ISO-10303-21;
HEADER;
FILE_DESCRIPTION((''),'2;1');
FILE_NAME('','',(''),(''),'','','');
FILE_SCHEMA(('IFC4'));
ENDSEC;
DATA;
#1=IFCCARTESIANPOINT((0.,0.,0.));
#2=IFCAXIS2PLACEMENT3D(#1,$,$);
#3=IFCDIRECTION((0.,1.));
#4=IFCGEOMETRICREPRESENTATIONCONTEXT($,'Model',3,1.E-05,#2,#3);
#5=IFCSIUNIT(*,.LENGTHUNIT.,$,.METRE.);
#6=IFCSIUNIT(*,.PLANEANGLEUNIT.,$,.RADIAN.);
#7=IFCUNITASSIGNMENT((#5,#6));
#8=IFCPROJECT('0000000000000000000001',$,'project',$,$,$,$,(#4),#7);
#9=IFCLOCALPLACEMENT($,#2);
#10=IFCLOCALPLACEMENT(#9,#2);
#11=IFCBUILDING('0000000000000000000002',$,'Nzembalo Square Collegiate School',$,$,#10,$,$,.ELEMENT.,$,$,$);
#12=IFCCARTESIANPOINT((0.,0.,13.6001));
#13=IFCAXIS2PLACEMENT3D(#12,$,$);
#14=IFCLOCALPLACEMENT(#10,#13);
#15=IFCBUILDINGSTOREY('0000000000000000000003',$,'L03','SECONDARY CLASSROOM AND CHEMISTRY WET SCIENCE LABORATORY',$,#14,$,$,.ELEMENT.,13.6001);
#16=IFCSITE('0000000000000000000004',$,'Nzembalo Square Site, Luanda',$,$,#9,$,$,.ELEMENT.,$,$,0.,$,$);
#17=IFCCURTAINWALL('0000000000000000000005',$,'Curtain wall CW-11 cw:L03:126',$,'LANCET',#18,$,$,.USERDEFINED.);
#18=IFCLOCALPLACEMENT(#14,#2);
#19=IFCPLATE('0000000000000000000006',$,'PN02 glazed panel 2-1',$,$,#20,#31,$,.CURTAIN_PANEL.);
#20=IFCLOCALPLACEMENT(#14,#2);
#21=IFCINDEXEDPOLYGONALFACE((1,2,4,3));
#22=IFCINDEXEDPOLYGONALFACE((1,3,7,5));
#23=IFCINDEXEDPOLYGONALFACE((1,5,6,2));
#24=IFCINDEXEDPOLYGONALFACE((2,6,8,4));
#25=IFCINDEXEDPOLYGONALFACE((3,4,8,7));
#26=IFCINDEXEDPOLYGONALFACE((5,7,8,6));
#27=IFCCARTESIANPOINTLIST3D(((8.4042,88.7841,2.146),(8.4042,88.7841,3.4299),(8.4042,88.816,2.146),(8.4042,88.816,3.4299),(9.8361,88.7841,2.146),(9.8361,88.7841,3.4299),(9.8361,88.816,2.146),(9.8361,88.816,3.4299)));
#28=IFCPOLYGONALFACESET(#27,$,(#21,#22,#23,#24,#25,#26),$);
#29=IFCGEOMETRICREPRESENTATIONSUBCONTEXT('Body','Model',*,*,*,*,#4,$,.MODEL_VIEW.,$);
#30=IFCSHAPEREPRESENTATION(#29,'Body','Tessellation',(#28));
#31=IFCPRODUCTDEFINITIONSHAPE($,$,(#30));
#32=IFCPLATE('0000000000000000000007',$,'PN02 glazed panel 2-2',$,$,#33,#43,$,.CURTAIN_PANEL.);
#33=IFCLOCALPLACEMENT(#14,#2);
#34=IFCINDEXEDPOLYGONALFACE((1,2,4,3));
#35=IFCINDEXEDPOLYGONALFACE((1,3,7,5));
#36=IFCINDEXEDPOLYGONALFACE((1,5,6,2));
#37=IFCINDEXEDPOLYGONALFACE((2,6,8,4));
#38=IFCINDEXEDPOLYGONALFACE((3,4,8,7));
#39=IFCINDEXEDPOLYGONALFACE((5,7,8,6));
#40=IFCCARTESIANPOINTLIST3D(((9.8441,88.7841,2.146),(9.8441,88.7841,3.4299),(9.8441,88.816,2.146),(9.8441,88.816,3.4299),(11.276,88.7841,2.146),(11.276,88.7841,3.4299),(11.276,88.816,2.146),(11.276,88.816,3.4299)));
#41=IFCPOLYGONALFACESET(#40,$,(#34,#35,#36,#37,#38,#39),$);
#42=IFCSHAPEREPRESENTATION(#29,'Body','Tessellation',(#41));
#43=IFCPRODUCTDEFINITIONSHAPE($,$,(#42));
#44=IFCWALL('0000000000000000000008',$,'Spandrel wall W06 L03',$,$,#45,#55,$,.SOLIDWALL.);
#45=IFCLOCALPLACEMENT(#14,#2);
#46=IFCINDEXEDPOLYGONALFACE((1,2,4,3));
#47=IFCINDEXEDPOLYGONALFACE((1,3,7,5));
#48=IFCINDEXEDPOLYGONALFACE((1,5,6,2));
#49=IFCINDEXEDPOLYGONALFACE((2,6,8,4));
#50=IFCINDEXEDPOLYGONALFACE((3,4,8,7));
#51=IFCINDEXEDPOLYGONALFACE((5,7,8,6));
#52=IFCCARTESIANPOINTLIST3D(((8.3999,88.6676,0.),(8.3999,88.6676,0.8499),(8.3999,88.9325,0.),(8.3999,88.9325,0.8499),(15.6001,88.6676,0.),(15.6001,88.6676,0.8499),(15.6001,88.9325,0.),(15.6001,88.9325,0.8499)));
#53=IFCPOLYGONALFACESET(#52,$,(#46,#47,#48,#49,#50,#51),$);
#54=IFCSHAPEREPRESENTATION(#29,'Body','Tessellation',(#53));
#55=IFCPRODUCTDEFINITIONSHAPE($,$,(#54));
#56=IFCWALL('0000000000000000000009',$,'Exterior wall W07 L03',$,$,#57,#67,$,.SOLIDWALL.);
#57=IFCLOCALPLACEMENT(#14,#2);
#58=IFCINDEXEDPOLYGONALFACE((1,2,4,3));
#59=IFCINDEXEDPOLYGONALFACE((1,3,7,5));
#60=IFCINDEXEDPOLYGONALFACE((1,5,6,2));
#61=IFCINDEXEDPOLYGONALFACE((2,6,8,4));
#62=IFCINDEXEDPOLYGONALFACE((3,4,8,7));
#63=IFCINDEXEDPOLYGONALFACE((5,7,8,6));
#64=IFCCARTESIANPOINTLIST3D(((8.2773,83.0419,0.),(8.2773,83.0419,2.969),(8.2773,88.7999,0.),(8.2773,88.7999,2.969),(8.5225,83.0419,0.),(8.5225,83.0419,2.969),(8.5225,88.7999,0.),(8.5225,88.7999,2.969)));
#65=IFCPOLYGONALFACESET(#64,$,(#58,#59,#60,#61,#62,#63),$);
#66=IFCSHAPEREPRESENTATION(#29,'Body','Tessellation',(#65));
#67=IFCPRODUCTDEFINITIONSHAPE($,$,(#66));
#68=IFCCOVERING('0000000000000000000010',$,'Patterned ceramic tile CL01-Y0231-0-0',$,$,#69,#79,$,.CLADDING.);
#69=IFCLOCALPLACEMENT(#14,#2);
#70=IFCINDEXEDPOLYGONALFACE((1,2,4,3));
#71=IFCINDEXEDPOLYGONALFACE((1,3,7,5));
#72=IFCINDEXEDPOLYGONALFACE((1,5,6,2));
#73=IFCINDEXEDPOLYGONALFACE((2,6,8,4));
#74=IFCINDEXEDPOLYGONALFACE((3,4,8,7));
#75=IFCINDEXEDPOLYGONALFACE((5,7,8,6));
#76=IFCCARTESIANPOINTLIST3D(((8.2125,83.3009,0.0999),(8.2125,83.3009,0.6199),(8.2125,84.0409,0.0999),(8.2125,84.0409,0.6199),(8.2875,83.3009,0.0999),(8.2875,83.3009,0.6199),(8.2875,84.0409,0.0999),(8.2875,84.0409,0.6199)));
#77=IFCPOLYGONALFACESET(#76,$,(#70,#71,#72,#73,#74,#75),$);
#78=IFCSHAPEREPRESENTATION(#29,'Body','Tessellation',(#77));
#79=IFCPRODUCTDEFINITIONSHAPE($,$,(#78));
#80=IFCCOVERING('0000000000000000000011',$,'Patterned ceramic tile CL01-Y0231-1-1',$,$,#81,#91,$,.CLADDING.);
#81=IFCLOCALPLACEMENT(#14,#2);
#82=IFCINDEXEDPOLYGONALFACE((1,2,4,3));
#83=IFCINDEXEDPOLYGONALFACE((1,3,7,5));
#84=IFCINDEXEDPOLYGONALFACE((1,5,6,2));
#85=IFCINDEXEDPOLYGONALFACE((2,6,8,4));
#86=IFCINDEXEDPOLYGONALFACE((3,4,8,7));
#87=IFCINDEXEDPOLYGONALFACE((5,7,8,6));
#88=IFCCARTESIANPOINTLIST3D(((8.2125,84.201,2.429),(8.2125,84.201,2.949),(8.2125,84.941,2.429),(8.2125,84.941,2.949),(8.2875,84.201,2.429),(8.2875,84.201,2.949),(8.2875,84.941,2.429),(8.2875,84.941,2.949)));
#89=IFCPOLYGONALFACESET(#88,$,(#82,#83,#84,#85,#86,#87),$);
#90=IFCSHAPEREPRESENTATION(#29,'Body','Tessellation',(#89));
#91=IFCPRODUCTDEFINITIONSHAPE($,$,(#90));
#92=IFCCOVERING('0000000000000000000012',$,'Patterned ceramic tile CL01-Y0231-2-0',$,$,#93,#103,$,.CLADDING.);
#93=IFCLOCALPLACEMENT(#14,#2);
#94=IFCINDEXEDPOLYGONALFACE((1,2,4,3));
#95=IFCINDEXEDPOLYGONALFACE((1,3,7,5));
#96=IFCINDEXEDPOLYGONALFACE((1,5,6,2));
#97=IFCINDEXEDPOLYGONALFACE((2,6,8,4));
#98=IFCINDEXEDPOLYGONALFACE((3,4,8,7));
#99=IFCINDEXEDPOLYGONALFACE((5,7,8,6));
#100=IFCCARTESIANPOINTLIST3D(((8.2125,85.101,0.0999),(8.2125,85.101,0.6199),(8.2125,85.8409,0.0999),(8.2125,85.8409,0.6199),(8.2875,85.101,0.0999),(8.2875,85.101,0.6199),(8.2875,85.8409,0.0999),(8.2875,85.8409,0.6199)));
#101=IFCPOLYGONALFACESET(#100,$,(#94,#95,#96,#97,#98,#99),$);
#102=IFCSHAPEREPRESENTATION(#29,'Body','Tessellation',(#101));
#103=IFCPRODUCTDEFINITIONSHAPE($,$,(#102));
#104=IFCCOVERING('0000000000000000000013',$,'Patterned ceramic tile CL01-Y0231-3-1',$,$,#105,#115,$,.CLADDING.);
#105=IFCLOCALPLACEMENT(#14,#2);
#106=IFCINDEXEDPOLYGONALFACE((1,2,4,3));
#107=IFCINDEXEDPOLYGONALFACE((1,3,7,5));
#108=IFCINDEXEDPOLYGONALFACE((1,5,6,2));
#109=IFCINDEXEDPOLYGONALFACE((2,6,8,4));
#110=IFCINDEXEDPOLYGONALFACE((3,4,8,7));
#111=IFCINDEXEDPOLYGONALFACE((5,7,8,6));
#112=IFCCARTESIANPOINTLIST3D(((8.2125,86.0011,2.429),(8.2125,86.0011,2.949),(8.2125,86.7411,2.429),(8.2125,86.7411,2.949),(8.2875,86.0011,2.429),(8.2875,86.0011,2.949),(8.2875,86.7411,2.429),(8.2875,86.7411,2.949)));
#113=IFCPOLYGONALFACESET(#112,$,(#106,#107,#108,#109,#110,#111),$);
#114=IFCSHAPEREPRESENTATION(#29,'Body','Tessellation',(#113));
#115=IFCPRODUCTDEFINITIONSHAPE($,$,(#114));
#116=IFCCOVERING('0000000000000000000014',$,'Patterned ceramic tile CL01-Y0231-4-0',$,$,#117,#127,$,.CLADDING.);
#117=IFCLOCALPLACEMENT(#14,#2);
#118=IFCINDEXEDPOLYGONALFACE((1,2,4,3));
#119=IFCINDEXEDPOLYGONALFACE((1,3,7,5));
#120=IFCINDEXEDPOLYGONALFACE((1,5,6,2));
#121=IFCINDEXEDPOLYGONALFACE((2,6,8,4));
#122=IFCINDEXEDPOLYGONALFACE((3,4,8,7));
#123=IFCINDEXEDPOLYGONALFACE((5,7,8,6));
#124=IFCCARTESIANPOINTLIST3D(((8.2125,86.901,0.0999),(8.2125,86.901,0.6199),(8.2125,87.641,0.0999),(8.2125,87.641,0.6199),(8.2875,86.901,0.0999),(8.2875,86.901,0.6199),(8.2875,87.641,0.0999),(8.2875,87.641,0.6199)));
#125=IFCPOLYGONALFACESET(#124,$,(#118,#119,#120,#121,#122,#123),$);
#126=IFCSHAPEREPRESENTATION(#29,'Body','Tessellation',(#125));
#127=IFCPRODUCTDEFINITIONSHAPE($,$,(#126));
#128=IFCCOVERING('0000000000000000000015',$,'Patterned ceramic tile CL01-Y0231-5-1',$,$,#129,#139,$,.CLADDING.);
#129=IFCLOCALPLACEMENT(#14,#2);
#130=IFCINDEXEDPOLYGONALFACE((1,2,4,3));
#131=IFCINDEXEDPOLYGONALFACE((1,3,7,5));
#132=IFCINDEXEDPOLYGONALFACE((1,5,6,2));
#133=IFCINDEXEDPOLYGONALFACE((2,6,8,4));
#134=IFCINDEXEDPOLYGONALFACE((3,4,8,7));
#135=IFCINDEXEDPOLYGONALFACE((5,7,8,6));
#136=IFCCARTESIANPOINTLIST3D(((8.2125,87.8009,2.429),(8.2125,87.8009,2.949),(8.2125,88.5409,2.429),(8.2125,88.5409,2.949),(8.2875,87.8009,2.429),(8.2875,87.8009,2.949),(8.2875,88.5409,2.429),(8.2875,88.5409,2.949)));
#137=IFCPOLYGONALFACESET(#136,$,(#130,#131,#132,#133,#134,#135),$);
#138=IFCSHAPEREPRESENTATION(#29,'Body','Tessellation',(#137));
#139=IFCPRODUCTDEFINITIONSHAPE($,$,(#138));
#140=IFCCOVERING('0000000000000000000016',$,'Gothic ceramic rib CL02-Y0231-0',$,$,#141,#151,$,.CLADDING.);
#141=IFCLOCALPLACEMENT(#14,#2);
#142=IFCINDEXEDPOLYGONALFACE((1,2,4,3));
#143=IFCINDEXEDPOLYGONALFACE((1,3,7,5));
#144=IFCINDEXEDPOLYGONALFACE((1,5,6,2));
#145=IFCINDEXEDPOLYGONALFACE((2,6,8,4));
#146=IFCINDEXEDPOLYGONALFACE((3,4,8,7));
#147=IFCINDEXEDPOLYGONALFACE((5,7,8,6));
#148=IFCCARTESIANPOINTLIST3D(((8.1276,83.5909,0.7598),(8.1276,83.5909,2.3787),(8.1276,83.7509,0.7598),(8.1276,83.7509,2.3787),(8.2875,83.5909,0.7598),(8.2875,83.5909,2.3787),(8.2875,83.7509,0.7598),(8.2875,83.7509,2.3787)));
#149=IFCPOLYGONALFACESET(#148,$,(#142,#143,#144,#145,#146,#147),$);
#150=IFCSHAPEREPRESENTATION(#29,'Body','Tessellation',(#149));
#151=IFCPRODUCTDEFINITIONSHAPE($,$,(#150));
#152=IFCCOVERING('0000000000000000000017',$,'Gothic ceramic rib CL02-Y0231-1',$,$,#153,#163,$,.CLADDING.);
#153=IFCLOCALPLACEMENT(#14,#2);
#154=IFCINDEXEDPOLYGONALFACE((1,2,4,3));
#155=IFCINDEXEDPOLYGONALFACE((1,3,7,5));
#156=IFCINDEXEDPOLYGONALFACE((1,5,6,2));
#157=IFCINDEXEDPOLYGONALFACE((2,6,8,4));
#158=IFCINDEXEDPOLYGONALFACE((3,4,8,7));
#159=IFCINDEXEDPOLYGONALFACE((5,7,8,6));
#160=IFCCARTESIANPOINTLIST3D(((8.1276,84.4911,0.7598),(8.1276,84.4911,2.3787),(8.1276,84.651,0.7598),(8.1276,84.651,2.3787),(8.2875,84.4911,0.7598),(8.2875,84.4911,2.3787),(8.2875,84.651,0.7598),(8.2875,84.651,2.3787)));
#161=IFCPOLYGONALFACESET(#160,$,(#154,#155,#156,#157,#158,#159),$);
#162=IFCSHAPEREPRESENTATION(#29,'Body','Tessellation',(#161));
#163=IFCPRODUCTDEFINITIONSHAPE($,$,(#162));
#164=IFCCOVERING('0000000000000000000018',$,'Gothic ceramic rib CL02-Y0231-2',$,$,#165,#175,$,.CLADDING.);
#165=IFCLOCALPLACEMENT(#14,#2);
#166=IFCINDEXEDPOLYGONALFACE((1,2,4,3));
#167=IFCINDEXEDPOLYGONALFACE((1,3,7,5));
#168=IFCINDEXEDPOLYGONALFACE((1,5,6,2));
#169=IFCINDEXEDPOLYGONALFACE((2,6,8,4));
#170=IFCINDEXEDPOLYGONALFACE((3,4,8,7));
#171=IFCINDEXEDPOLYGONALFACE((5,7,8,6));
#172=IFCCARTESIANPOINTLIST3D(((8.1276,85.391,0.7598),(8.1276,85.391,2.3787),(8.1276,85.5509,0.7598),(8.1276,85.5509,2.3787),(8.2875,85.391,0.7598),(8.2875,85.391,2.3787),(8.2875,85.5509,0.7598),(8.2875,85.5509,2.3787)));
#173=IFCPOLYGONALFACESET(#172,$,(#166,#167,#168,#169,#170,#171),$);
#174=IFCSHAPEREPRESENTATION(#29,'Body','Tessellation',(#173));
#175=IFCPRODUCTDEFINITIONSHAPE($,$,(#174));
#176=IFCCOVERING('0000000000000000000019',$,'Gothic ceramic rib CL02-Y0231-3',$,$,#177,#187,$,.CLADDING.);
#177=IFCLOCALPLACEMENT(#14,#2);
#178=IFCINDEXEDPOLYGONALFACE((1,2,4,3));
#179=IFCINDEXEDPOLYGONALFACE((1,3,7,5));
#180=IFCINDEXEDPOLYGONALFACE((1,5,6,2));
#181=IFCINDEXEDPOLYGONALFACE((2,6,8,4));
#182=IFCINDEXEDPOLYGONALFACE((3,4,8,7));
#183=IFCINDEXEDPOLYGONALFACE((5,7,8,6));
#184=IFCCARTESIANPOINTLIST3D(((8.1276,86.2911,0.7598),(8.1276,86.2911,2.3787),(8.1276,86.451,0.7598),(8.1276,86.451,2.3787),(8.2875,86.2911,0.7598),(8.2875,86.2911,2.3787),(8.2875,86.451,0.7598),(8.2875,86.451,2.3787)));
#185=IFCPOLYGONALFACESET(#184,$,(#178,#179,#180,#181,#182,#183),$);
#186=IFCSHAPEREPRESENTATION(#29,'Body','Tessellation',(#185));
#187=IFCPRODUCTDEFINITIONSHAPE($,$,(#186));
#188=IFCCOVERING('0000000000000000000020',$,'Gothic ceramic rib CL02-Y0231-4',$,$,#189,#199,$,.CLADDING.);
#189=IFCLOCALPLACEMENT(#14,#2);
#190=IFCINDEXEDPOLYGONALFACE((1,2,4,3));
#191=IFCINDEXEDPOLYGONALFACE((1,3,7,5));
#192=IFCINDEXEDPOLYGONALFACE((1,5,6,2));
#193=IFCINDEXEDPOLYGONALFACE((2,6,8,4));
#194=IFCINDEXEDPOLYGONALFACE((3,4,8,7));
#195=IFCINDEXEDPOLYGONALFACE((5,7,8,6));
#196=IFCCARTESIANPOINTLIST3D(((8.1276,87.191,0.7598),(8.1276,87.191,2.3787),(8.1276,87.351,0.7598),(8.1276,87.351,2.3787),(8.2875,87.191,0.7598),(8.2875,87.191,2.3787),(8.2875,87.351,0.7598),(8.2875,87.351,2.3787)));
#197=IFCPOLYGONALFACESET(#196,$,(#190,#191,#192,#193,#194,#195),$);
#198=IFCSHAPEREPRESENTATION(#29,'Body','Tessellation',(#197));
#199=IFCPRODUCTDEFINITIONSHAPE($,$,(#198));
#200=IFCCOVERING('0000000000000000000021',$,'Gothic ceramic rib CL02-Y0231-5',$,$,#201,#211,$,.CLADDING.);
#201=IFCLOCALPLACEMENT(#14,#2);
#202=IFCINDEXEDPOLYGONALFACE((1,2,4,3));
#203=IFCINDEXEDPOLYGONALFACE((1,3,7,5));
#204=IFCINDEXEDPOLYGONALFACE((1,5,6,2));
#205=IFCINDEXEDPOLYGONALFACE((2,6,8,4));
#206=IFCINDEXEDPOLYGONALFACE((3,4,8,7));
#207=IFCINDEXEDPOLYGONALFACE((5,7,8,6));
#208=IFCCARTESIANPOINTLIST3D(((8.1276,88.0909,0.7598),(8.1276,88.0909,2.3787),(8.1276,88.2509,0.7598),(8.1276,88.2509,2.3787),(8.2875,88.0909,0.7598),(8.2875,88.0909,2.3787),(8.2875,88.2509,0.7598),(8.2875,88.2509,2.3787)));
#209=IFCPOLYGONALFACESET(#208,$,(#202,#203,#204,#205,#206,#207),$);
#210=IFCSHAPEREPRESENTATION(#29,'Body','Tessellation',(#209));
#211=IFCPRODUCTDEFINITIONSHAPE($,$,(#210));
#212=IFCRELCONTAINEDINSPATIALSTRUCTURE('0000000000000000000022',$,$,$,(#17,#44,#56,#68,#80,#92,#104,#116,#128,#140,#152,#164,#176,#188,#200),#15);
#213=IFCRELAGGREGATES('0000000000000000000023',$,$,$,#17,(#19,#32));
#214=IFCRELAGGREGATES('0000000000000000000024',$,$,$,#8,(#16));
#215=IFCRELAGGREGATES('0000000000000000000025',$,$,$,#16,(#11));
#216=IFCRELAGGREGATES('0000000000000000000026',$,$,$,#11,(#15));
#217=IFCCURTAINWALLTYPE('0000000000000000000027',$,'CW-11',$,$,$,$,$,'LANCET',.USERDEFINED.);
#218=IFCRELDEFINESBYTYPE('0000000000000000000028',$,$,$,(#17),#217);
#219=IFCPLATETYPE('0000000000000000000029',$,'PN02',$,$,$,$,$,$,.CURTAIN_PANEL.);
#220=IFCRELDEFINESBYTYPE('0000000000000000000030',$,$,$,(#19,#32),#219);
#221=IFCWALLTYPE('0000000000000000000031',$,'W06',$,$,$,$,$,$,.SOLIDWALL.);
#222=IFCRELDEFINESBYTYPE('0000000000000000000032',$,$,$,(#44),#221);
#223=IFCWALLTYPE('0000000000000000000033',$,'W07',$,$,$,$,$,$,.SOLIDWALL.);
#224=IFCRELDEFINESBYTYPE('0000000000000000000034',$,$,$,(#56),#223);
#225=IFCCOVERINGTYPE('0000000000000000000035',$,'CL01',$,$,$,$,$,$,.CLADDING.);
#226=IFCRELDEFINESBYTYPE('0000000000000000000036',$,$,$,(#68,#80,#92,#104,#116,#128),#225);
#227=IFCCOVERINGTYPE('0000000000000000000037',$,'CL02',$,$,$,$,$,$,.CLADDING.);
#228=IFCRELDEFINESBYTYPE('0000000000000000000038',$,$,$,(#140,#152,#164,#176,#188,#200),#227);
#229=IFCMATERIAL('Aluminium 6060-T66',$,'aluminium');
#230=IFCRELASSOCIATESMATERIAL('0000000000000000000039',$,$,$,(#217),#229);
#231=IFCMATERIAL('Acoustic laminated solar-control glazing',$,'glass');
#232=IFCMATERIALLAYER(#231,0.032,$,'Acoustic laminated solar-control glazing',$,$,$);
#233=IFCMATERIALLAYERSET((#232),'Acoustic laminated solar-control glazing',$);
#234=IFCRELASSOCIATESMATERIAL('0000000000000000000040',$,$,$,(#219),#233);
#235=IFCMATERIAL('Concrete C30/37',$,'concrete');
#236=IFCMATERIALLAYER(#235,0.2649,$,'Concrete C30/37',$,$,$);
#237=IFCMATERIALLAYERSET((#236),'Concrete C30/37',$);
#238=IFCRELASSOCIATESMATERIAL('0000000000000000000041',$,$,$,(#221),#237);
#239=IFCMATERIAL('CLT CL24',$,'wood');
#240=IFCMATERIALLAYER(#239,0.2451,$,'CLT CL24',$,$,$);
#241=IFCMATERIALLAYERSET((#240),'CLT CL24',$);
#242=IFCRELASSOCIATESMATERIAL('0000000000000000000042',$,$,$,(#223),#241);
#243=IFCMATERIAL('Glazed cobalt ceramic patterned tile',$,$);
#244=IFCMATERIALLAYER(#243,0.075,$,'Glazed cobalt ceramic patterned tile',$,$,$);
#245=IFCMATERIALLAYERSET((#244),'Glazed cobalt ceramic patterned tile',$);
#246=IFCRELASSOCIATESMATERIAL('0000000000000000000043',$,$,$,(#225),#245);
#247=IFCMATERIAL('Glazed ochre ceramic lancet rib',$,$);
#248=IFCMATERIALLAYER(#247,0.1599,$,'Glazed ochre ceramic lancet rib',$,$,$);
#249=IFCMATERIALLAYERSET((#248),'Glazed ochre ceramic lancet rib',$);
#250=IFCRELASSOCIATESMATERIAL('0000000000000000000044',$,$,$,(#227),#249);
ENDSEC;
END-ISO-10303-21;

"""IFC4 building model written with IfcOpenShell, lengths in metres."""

from ifc_helpers import new_model, si_unit, direction, frame, frame_2d, origin, origin_2d, place, context, subcontext, project, spatial, rectangle, extrude, material, layer, layer_set, type_object, element, aggregate, save


model = new_model("IFC4")

# Units and contexts
model_context = context("Model", 3, precision=1e-05, world=origin(), true_north=direction((0.0, 1.0)))
body_context = subcontext(model_context, "Body", "Model", "MODEL_VIEW")
ifc_project = project(units=[si_unit("LENGTHUNIT", "METRE"), si_unit("PLANEANGLEUNIT", "RADIAN")], contexts=[model_context])

# Site, building, storey
site_placement = place(None, origin())
site = spatial("IfcSite", under=ifc_project, at=site_placement, Name="Nzembalo Square Site, Luanda", CompositionType="ELEMENT", RefElevation=0.0)
building_placement = place(site_placement, origin())
building = spatial("IfcBuilding", under=site, at=building_placement, Name="Nzembalo Square Collegiate School", CompositionType="ELEMENT")
storey_placement = place(building_placement, frame((0.0, 0.0, 13.6001)))
storey = spatial("IfcBuildingStorey", under=building, at=storey_placement, Name="L03", Description="SECONDARY CLASSROOM AND CHEMISTRY WET SCIENCE LABORATORY", CompositionType="ELEMENT", Elevation=13.6001)

# Curtain wall, plates
ifc_material_1 = material(Name="Aluminium 6060-T66", Category="aluminium")
curtain_wall_type = type_object("IfcCurtainWallType", Name="CW-11", ElementType="LANCET", PredefinedType="USERDEFINED", material=ifc_material_1)
curtain_wall_placement = place(storey_placement, origin())
curtain_wall = element("IfcCurtainWall", 1, at=curtain_wall_placement, inside=storey, type_object=curtain_wall_type, Name="Curtain wall CW-11 cw:L03:126", ObjectType="LANCET", PredefinedType="USERDEFINED")
ifc_material_2 = material(Name="Acoustic laminated solar-control glazing", Category="glass")
ifc_layer_1 = layer(ifc_material_2, 0.032, Name="Acoustic laminated solar-control glazing")
ifc_layer_set_1 = layer_set([ifc_layer_1], Name="Acoustic laminated solar-control glazing")
plate_type = type_object("IfcPlateType", Name="PN02", PredefinedType="CURTAIN_PANEL", material=ifc_layer_set_1)
plate_1_placement = place(storey_placement, frame((9.1201, 88.8, 2.146), z_axis=(0.0, 0.0, 1.0), x_axis=(1.0, 0.0, 0.0)))
plate_1 = element("IfcPlate", 2, at=plate_1_placement, type_object=plate_type, Name="PN02 glazed panel 2-1", PredefinedType="CURTAIN_PANEL", context=body_context, shape_type="SweptSolid", body=[
    extrude(rectangle(XDim=1.4319, YDim=0.032, at=origin_2d()), origin(), (0.0, 0.0, 1.0), 1.2839),
])
plate_2_placement = place(storey_placement, frame((10.5601, 88.8, 2.146), z_axis=(0.0, 0.0, 1.0), x_axis=(1.0, 0.0, 0.0)))
plate_2 = element("IfcPlate", 3, at=plate_2_placement, type_object=plate_type, Name="PN02 glazed panel 2-2", PredefinedType="CURTAIN_PANEL", context=body_context, shape_type="SweptSolid", body=[
    extrude(rectangle(XDim=1.4319, YDim=0.032, at=origin_2d()), origin(), (0.0, 0.0, 1.0), 1.2839),
])
aggregate(curtain_wall, [plate_1, plate_2])

# Walls
ifc_material_3 = material(Name="Concrete C30/37", Category="concrete")
ifc_layer_2 = layer(ifc_material_3, 0.2649, Name="Concrete C30/37")
ifc_layer_set_2 = layer_set([ifc_layer_2], Name="Concrete C30/37")
wall_type_1 = type_object("IfcWallType", Name="W06", PredefinedType="SOLIDWALL", material=ifc_layer_set_2)
wall_1_placement = place(storey_placement, frame((8.3999, 88.8, 0.0), z_axis=(0.0, 0.0, 1.0), x_axis=(1.0, 0.0, 0.0)))
element("IfcWall", 4, at=wall_1_placement, inside=storey, type_object=wall_type_1, Name="Spandrel wall W06 L03", PredefinedType="SOLIDWALL", context=body_context, shape_type="SweptSolid", body=[
    extrude(rectangle(XDim=7.2002, YDim=0.2649, at=frame_2d((3.6001, 0.0))), origin(), (0.0, 0.0, 1.0), 0.8499),
])
ifc_material_4 = material(Name="CLT CL24", Category="wood")
ifc_layer_3 = layer(ifc_material_4, 0.2451, Name="CLT CL24")
ifc_layer_set_3 = layer_set([ifc_layer_3], Name="CLT CL24")
wall_type_2 = type_object("IfcWallType", Name="W07", PredefinedType="SOLIDWALL", material=ifc_layer_set_3)
wall_2_placement = place(storey_placement, frame((8.3999, 83.042, 0.0), z_axis=(0.0, 0.0, 1.0), x_axis=(0.0, 1.0, 0.0)))
element("IfcWall", 5, at=wall_2_placement, inside=storey, type_object=wall_type_2, Name="Exterior wall W07 L03", PredefinedType="SOLIDWALL", context=body_context, shape_type="SweptSolid", body=[
    extrude(rectangle(XDim=5.7581, YDim=0.2451, at=frame_2d((2.8789, 0.0))), origin(), (0.0, 0.0, 1.0), 2.969),
])

# Coverings
ifc_material_5 = material(Name="Glazed cobalt ceramic patterned tile")
ifc_layer_4 = layer(ifc_material_5, 0.075, Name="Glazed cobalt ceramic patterned tile")
ifc_layer_set_4 = layer_set([ifc_layer_4], Name="Glazed cobalt ceramic patterned tile")
covering_type_1 = type_object("IfcCoveringType", Name="CL01", PredefinedType="CLADDING", material=ifc_layer_set_4)
for number, where, z_axis, x_axis, name in (
    (6, (8.25, 83.6709, 0.0999), (0.0, 0.0, 1.0), (1.0, 0.0, 0.0), "Patterned ceramic tile CL01-Y0231-0-0"),
    (7, (8.25, 84.571, 2.429), (0.0, 0.0, 1.0), (1.0, 0.0, 0.0), "Patterned ceramic tile CL01-Y0231-1-1"),
    (8, (8.25, 85.4709, 0.0999), (0.0, 0.0, 1.0), (1.0, 0.0, 0.0), "Patterned ceramic tile CL01-Y0231-2-0"),
    (9, (8.25, 86.3711, 2.429), (0.0, 0.0, 1.0), (1.0, 0.0, 0.0), "Patterned ceramic tile CL01-Y0231-3-1"),
    (10, (8.25, 87.271, 0.0999), (0.0, 0.0, 1.0), (1.0, 0.0, 0.0), "Patterned ceramic tile CL01-Y0231-4-0"),
    (11, (8.25, 88.1709, 2.429), (0.0, 0.0, 1.0), (1.0, 0.0, 0.0), "Patterned ceramic tile CL01-Y0231-5-1"),
):
    element("IfcCovering", number, at=place(storey_placement, frame(where, z_axis=z_axis, x_axis=x_axis)), inside=storey, type_object=covering_type_1, Name=name, PredefinedType="CLADDING", context=body_context, shape_type="SweptSolid", body=[
        extrude(rectangle(XDim=0.075, YDim=0.74, at=origin_2d()), origin(), (0.0, 0.0, 1.0), 0.52),
    ])
ifc_material_6 = material(Name="Glazed ochre ceramic lancet rib")
ifc_layer_5 = layer(ifc_material_6, 0.1599, Name="Glazed ochre ceramic lancet rib")
ifc_layer_set_5 = layer_set([ifc_layer_5], Name="Glazed ochre ceramic lancet rib")
covering_type_2 = type_object("IfcCoveringType", Name="CL02", PredefinedType="CLADDING", material=ifc_layer_set_5)
for number, where, z_axis, x_axis, name in (
    (12, (8.2075, 83.6709, 0.7598), (0.0, 0.0, 1.0), (1.0, 0.0, 0.0), "Gothic ceramic rib CL02-Y0231-0"),
    (13, (8.2075, 84.571, 0.7598), (0.0, 0.0, 1.0), (1.0, 0.0, 0.0), "Gothic ceramic rib CL02-Y0231-1"),
    (14, (8.2075, 85.4709, 0.7598), (0.0, 0.0, 1.0), (1.0, 0.0, 0.0), "Gothic ceramic rib CL02-Y0231-2"),
    (15, (8.2075, 86.3711, 0.7598), (0.0, 0.0, 1.0), (1.0, 0.0, 0.0), "Gothic ceramic rib CL02-Y0231-3"),
    (16, (8.2075, 87.271, 0.7598), (0.0, 0.0, 1.0), (1.0, 0.0, 0.0), "Gothic ceramic rib CL02-Y0231-4"),
    (17, (8.2075, 88.1709, 0.7598), (0.0, 0.0, 1.0), (1.0, 0.0, 0.0), "Gothic ceramic rib CL02-Y0231-5"),
):
    element("IfcCovering", number, at=place(storey_placement, frame(where, z_axis=z_axis, x_axis=x_axis)), inside=storey, type_object=covering_type_2, Name=name, PredefinedType="CLADDING", context=body_context, shape_type="SweptSolid", body=[
        extrude(rectangle(XDim=0.1599, YDim=0.1599, at=origin_2d()), origin(), (0.0, 0.0, 1.0), 1.6189),
    ])

save(model, "model.ifc")
